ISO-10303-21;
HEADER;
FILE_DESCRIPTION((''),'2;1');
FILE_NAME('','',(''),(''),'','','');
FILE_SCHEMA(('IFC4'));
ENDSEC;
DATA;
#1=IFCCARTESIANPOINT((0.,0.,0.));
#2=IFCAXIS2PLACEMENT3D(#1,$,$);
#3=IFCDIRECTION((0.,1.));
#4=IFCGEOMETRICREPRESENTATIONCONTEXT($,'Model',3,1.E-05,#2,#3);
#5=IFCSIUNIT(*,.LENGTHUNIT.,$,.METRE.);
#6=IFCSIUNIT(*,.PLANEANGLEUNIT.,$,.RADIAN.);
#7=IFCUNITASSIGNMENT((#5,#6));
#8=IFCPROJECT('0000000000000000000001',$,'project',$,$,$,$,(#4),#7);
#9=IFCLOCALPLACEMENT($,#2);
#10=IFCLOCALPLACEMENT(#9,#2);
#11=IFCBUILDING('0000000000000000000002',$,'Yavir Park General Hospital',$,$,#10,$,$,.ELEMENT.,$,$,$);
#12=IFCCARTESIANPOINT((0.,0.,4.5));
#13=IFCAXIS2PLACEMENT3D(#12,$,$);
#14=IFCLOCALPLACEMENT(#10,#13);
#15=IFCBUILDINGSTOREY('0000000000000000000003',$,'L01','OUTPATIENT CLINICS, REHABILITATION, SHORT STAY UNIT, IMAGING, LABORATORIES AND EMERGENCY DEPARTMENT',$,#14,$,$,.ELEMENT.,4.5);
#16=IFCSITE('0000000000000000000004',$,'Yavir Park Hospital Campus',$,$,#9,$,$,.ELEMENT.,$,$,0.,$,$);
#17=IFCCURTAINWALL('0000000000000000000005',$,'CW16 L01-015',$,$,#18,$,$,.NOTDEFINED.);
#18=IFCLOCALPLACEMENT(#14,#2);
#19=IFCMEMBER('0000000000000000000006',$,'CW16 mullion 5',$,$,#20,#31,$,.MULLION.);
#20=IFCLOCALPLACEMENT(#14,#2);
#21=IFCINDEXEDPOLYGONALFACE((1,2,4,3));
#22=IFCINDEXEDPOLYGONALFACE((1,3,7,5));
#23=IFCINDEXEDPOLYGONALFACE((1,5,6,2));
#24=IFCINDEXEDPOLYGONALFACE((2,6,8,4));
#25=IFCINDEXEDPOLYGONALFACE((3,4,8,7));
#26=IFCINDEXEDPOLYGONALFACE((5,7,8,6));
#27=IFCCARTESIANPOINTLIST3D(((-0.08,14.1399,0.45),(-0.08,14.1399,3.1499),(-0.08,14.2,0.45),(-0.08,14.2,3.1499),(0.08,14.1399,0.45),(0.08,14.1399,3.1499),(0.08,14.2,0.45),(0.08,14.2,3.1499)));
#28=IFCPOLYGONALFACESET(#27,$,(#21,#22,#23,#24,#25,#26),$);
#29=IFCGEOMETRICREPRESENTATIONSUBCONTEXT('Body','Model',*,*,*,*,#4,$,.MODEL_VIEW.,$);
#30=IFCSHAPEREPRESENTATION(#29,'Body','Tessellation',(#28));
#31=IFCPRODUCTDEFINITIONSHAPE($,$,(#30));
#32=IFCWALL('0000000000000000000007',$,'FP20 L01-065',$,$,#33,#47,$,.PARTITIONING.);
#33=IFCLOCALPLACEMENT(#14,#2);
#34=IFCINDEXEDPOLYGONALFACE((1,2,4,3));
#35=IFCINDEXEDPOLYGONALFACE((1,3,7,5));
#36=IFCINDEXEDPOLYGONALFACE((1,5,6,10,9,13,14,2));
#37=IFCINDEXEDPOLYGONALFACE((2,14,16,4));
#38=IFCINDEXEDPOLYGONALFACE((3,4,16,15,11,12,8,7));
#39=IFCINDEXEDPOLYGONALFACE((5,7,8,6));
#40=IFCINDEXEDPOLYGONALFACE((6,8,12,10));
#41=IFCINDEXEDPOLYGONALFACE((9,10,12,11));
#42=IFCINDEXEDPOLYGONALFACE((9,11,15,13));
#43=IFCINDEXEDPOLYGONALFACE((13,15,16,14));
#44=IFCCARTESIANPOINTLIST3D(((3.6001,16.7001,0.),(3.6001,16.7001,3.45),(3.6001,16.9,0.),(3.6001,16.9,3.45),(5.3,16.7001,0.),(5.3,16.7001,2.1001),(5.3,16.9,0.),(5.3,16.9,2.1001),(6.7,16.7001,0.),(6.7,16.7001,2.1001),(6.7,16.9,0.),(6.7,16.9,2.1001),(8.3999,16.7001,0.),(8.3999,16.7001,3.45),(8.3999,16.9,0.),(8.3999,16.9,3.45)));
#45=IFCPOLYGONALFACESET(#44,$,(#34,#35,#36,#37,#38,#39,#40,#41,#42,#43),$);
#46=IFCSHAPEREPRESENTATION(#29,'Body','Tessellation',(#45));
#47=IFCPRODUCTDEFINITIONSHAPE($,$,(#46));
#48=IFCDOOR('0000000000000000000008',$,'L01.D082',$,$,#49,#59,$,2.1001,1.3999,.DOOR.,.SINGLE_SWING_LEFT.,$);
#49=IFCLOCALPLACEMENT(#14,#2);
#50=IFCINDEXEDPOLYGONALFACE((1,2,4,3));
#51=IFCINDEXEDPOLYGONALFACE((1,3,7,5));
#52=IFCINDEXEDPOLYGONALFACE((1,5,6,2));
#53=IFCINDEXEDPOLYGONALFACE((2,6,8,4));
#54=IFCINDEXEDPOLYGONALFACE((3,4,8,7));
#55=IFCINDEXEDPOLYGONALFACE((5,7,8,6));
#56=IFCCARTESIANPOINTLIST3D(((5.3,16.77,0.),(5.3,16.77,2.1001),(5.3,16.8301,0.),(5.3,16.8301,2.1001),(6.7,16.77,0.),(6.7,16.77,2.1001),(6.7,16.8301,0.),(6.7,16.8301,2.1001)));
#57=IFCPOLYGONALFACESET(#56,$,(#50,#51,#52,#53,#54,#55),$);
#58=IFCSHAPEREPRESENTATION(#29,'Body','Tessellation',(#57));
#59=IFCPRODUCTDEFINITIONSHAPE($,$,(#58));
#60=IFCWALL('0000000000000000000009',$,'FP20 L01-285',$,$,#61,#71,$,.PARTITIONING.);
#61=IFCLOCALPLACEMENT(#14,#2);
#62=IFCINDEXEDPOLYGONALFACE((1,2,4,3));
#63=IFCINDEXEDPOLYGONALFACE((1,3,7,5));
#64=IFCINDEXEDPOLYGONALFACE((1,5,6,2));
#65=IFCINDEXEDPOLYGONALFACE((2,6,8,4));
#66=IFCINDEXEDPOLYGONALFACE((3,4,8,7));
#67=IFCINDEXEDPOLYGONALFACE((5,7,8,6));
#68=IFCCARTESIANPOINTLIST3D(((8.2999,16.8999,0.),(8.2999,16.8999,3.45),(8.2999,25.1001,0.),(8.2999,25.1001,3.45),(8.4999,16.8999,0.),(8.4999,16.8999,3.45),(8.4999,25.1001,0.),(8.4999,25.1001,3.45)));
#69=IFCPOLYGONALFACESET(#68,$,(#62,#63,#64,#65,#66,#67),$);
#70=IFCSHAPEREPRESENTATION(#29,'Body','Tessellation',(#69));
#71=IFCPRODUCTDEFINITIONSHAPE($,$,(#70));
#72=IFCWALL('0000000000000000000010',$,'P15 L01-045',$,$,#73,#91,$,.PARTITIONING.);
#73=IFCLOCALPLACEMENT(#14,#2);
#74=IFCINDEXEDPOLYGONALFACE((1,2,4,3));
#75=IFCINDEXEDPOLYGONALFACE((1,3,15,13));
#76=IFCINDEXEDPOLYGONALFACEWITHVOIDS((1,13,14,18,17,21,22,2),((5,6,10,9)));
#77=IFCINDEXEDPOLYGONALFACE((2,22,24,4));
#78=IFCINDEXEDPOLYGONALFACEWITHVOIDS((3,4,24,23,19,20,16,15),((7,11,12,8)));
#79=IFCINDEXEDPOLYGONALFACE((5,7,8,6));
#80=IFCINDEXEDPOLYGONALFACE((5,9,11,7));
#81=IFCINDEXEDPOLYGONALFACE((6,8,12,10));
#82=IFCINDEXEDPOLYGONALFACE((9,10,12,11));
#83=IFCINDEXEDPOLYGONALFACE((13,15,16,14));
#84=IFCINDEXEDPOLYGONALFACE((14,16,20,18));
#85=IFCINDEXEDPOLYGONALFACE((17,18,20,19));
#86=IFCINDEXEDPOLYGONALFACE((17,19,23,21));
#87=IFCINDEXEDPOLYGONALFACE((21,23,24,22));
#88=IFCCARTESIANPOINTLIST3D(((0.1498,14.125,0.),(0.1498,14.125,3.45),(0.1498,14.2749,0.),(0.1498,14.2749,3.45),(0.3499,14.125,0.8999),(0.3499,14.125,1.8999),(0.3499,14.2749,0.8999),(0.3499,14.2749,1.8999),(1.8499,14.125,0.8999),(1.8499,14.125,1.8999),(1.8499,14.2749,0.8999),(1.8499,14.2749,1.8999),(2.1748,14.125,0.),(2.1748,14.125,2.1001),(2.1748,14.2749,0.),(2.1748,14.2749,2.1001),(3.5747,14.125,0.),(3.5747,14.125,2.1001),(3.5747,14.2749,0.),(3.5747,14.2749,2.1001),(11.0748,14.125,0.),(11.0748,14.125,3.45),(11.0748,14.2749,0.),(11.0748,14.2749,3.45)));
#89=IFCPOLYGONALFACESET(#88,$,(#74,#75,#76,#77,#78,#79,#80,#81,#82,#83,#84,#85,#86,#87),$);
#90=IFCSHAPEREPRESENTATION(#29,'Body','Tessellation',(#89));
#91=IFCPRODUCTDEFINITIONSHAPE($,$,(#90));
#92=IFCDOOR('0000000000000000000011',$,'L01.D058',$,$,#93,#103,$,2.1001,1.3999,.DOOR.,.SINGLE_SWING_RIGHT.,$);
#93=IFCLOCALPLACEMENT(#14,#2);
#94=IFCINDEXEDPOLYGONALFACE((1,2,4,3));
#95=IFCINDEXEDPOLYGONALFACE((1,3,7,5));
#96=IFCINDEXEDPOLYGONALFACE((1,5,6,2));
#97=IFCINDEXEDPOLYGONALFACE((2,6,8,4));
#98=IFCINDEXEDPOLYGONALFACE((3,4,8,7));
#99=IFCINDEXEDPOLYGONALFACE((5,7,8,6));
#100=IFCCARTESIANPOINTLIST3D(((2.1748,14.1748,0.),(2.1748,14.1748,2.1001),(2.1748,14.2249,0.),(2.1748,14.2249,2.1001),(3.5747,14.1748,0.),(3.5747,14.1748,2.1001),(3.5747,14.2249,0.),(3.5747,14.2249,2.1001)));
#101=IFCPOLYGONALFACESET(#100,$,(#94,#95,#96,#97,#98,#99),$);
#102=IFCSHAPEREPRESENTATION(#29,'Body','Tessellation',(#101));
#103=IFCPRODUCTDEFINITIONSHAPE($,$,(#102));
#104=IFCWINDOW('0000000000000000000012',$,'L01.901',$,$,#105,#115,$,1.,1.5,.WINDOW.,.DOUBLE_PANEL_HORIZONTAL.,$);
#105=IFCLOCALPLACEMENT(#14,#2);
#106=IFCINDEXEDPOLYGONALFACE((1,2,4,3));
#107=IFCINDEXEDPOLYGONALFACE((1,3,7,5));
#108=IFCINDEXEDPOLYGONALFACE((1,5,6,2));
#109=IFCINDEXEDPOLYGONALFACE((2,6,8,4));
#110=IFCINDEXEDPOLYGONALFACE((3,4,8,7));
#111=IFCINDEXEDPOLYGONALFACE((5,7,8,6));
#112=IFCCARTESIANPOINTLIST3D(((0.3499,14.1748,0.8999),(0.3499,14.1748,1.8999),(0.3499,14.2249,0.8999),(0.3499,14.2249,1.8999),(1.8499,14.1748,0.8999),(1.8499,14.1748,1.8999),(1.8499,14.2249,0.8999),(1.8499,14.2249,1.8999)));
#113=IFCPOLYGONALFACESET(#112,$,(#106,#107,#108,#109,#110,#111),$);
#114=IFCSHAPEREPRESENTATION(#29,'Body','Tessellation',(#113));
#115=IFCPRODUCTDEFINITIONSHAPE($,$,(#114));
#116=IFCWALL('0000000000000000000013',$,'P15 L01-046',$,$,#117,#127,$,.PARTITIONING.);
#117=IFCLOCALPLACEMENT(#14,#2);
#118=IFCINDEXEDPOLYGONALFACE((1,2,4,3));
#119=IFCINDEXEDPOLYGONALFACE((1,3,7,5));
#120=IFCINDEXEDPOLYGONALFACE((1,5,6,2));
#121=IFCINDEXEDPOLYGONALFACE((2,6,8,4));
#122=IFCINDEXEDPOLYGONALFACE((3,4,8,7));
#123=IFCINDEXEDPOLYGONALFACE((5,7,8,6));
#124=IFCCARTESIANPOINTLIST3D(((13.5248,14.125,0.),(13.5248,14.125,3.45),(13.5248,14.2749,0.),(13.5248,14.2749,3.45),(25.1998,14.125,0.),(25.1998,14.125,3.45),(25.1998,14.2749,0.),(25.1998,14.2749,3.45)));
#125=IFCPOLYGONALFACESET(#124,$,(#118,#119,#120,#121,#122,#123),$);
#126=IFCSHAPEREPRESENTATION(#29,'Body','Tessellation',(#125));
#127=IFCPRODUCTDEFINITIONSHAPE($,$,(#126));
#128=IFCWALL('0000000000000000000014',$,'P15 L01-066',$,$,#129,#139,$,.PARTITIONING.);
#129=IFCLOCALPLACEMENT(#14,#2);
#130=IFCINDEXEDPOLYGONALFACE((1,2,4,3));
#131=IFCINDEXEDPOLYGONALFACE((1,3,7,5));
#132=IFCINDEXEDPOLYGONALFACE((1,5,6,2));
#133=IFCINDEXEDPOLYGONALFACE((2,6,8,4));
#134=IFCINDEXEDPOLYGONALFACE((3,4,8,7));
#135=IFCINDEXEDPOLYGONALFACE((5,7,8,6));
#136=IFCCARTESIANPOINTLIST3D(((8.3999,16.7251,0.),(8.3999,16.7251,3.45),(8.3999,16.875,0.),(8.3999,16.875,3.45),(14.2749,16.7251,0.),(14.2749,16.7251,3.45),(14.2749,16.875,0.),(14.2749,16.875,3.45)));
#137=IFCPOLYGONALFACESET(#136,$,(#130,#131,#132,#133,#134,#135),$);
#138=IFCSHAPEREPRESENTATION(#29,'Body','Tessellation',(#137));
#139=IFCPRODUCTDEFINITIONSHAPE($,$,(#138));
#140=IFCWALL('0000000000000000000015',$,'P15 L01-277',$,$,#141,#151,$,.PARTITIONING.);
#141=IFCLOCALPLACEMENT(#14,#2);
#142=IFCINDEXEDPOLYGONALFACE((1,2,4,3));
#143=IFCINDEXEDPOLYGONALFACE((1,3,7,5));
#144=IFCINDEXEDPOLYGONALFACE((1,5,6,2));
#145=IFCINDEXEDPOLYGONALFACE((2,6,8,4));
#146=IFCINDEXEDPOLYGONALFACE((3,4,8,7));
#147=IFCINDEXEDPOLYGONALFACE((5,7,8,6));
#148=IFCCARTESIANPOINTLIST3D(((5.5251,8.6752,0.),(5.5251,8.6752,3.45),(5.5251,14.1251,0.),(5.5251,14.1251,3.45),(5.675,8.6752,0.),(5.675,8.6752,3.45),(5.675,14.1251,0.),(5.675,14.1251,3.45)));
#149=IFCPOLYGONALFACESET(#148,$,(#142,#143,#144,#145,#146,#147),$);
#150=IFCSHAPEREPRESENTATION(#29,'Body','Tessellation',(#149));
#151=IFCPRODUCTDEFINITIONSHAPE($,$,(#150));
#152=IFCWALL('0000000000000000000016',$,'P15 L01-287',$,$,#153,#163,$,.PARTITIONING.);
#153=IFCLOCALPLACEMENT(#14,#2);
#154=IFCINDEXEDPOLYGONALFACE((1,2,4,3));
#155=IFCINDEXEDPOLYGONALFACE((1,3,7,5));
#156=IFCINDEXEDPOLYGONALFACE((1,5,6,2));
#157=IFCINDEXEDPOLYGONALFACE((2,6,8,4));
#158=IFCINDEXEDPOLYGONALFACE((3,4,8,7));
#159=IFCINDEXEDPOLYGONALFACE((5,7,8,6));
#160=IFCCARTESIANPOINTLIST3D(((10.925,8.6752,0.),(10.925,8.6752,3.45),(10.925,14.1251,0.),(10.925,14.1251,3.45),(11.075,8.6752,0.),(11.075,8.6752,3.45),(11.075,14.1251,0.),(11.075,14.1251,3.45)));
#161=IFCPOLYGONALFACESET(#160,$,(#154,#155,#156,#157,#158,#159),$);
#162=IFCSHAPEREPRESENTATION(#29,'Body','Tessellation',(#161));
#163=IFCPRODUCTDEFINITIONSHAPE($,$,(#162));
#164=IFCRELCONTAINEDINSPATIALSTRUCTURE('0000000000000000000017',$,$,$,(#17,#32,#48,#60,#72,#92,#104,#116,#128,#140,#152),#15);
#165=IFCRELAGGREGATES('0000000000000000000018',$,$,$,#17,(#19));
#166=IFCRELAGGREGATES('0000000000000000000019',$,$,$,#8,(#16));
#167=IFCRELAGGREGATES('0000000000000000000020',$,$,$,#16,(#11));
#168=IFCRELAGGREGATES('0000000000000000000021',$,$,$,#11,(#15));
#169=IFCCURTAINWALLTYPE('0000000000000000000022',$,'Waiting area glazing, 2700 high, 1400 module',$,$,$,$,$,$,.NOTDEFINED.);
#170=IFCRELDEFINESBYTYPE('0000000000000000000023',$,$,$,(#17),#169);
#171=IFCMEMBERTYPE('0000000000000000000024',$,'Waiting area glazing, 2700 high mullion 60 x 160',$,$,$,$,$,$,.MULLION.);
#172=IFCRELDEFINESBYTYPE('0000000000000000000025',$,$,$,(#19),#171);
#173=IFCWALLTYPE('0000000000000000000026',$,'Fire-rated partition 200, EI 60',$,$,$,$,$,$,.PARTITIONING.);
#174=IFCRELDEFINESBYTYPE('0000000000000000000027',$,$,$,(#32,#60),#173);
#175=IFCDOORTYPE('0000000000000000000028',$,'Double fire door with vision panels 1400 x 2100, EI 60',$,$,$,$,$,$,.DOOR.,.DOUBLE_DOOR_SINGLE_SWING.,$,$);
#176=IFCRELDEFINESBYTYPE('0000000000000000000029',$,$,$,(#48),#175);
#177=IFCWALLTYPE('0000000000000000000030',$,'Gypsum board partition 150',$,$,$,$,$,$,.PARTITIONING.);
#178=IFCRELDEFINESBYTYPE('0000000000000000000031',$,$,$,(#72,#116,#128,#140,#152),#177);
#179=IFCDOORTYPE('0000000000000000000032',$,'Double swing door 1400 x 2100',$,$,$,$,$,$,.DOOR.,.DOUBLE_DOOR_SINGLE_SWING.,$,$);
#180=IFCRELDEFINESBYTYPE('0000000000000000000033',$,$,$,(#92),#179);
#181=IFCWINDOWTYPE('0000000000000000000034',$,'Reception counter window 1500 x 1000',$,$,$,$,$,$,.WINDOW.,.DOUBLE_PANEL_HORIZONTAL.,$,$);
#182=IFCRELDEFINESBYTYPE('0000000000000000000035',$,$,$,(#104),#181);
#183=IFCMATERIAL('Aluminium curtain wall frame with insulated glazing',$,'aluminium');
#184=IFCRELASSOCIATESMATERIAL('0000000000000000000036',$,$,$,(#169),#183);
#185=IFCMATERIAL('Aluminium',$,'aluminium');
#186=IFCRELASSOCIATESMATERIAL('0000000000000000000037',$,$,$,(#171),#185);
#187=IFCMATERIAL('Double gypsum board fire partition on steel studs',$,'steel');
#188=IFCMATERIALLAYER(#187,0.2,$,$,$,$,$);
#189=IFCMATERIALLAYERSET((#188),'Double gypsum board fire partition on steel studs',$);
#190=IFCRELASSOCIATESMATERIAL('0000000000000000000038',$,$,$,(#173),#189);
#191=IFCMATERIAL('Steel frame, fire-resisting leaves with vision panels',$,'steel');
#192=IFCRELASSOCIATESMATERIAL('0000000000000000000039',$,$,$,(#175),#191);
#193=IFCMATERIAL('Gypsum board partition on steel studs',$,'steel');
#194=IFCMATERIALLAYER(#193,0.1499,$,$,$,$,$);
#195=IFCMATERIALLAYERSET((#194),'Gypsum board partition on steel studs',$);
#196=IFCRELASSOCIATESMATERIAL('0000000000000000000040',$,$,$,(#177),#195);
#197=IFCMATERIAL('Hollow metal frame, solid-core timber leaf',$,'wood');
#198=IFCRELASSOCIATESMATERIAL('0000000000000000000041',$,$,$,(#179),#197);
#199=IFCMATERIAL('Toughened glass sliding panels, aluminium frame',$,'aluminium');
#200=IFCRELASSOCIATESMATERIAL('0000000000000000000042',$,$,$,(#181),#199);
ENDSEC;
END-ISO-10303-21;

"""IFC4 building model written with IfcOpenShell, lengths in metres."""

from ifc_helpers import new_model, si_unit, direction, frame, frame_2d, origin, origin_2d, place, context, subcontext, project, spatial, rectangle, extrude, material, layer, layer_set, material_profile, profile_set, type_object, element, fill, aggregate, save


model = new_model("IFC4")

# Units and contexts
model_context = context("Model", 3, precision=1e-05, world=origin(), true_north=direction((0.0, 1.0)))
body_context = subcontext(model_context, "Body", "Model", "MODEL_VIEW")
ifc_project = project(units=[si_unit("LENGTHUNIT", "METRE"), si_unit("PLANEANGLEUNIT", "RADIAN")], contexts=[model_context])

# Site, building, storey
site_placement = place(None, origin())
site = spatial("IfcSite", under=ifc_project, at=site_placement, Name="Yavir Park Hospital Campus", CompositionType="ELEMENT", RefElevation=0.0)
building_placement = place(site_placement, origin())
building = spatial("IfcBuilding", under=site, at=building_placement, Name="Yavir Park General Hospital", CompositionType="ELEMENT")
storey_placement = place(building_placement, frame((0.0, 0.0, 4.5)))
storey = spatial("IfcBuildingStorey", under=building, at=storey_placement, Name="L01", Description="OUTPATIENT CLINICS, REHABILITATION, SHORT STAY UNIT, IMAGING, LABORATORIES AND EMERGENCY DEPARTMENT", CompositionType="ELEMENT", Elevation=4.5)

# Curtain wall, member
ifc_material_1 = material(Name="Aluminium curtain wall frame with insulated glazing", Category="aluminium")
curtain_wall_type = type_object("IfcCurtainWallType", Name="Waiting area glazing, 2700 high, 1400 module", PredefinedType="NOTDEFINED", material=ifc_material_1)
curtain_wall_placement = place(storey_placement, origin())
curtain_wall = element("IfcCurtainWall", 1, at=curtain_wall_placement, inside=storey, type_object=curtain_wall_type, Name="CW16 L01-015", PredefinedType="NOTDEFINED")
ifc_material_2 = material(Name="Aluminium", Category="aluminium")
ifc_material_profile = material_profile(ifc_material_2, rectangle(XDim=0.1599, YDim=0.0601, at=origin_2d()), Name="AL 60x160")
ifc_profile_set = profile_set([ifc_material_profile], Name="Aluminium")
member_type = type_object("IfcMemberType", Name="Waiting area glazing, 2700 high mullion 60 x 160", PredefinedType="MULLION", material=ifc_profile_set)
member_placement = place(storey_placement, frame((0.0, 14.1699, 0.45), z_axis=(0.0, 0.0, 1.0), x_axis=(-1.0, 0.0, 0.0)))
member = element("IfcMember", 2, at=member_placement, type_object=member_type, Name="CW16 mullion 5", PredefinedType="MULLION", context=body_context, shape_type="SweptSolid", body=[
    extrude(rectangle(XDim=0.1599, YDim=0.0601, at=origin_2d()), origin(), (0.0, 0.0, 1.0), 2.7),
])
aggregate(curtain_wall, [member])

# Wall, opening, door
ifc_material_3 = material(Name="Double gypsum board fire partition on steel studs", Category="steel")
ifc_layer_1 = layer(ifc_material_3, 0.2)
ifc_layer_set_1 = layer_set([ifc_layer_1], Name="Double gypsum board fire partition on steel studs")
wall_type_1 = type_object("IfcWallType", Name="Fire-rated partition 200, EI 60", PredefinedType="PARTITIONING", material=ifc_layer_set_1)
wall_1_placement = place(storey_placement, frame((3.6001, 16.8, 0.0), z_axis=(0.0, 0.0, 1.0), x_axis=(1.0, 0.0, 0.0)))
wall_1 = element("IfcWall", 3, at=wall_1_placement, inside=storey, type_object=wall_type_1, Name="FP20 L01-065", PredefinedType="PARTITIONING", context=body_context, shape_type="SweptSolid", body=[
    extrude(rectangle(XDim=4.7998, YDim=0.2, at=frame_2d((2.3999, 0.0))), origin(), (0.0, 0.0, 1.0), 3.45),
])
opening_1_placement = place(wall_1_placement, frame((1.7, 0.0, 0.0)))
opening_1 = element("IfcOpeningElement", 4, at=opening_1_placement, cuts=wall_1, PredefinedType="OPENING", context=body_context, shape_type="SweptSolid", body=[
    extrude(rectangle(XDim=1.3999, YDim=2.1001, at=frame_2d((0.7, 1.05))), frame((0.0, 0.1099, 0.0), z_axis=(0.0, -1.0, 0.0), x_axis=(1.0, 0.0, 0.0)), (0.0, 0.0, 1.0), 0.22),
])
ifc_material_4 = material(Name="Steel frame, fire-resisting leaves with vision panels", Category="steel")
door_type_1 = type_object("IfcDoorType", Name="Double fire door with vision panels 1400 x 2100, EI 60", OperationType="DOUBLE_DOOR_SINGLE_SWING", PredefinedType="DOOR", material=ifc_material_4)
door_1_placement = place(opening_1_placement, origin())
door_1 = element("IfcDoor", 5, at=door_1_placement, inside=storey, type_object=door_type_1, Name="L01.D082", OperationType="SINGLE_SWING_LEFT", OverallHeight=2.1001, OverallWidth=1.3999, PredefinedType="DOOR", context=body_context, shape_type="SweptSolid", body=[
    extrude(rectangle(XDim=1.3999, YDim=2.1001, at=frame_2d((0.7, 1.05))), frame((0.0, 0.03, 0.0), z_axis=(0.0, -1.0, 0.0), x_axis=(1.0, 0.0, 0.0)), (0.0, 0.0, 1.0), 0.0601),
])
fill(opening_1, door_1)

# Wall
wall_2_placement = place(storey_placement, frame((8.3999, 16.8999, 0.0), z_axis=(0.0, 0.0, 1.0), x_axis=(0.0, 1.0, 0.0)))
element("IfcWall", 6, at=wall_2_placement, inside=storey, type_object=wall_type_1, Name="FP20 L01-285", PredefinedType="PARTITIONING", context=body_context, shape_type="SweptSolid", body=[
    extrude(rectangle(XDim=8.2002, YDim=0.2, at=frame_2d((4.1001, 0.0))), origin(), (0.0, 0.0, 1.0), 3.45),
])

# Wall, openings, door, window
ifc_material_5 = material(Name="Gypsum board partition on steel studs", Category="steel")
ifc_layer_2 = layer(ifc_material_5, 0.1499)
ifc_layer_set_2 = layer_set([ifc_layer_2], Name="Gypsum board partition on steel studs")
wall_type_2 = type_object("IfcWallType", Name="Gypsum board partition 150", PredefinedType="PARTITIONING", material=ifc_layer_set_2)
wall_3_placement = place(storey_placement, frame((0.1499, 14.2, 0.0), z_axis=(0.0, 0.0, 1.0), x_axis=(1.0, 0.0, 0.0)))
wall_3 = element("IfcWall", 7, at=wall_3_placement, inside=storey, type_object=wall_type_2, Name="P15 L01-045", PredefinedType="PARTITIONING", context=body_context, shape_type="SweptSolid", body=[
    extrude(rectangle(XDim=10.925, YDim=0.1499, at=frame_2d((5.4624, 0.0))), origin(), (0.0, 0.0, 1.0), 3.45),
])
opening_2_placement = place(wall_3_placement, frame((2.0249, 0.0, 0.0)))
opening_2 = element("IfcOpeningElement", 8, at=opening_2_placement, cuts=wall_3, PredefinedType="OPENING", context=body_context, shape_type="SweptSolid", body=[
    extrude(rectangle(XDim=1.3999, YDim=2.1001, at=frame_2d((0.7, 1.05))), frame((0.0, 0.085, 0.0), z_axis=(0.0, -1.0, 0.0), x_axis=(1.0, 0.0, 0.0)), (0.0, 0.0, 1.0), 0.1699),
])
opening_3_placement = place(wall_3_placement, frame((0.2, 0.0, 0.8999)))
opening_3 = element("IfcOpeningElement", 9, at=opening_3_placement, cuts=wall_3, PredefinedType="OPENING", context=body_context, shape_type="SweptSolid", body=[
    extrude(rectangle(XDim=1.5, YDim=1.0, at=frame_2d((0.75, 0.5))), frame((0.0, 0.085, 0.0), z_axis=(0.0, -1.0, 0.0), x_axis=(1.0, 0.0, 0.0)), (0.0, 0.0, 1.0), 0.1699),
])
ifc_material_6 = material(Name="Hollow metal frame, solid-core timber leaf", Category="wood")
door_type_2 = type_object("IfcDoorType", Name="Double swing door 1400 x 2100", OperationType="DOUBLE_DOOR_SINGLE_SWING", PredefinedType="DOOR", material=ifc_material_6)
door_2_placement = place(opening_2_placement, origin())
door_2 = element("IfcDoor", 10, at=door_2_placement, inside=storey, type_object=door_type_2, Name="L01.D058", OperationType="SINGLE_SWING_RIGHT", OverallHeight=2.1001, OverallWidth=1.3999, PredefinedType="DOOR", context=body_context, shape_type="SweptSolid", body=[
    extrude(rectangle(XDim=1.3999, YDim=2.1001, at=frame_2d((0.7, 1.05))), frame((0.0, 0.0249, 0.0), z_axis=(0.0, -1.0, 0.0), x_axis=(1.0, 0.0, 0.0)), (0.0, 0.0, 1.0), 0.05),
])
fill(opening_2, door_2)
ifc_material_7 = material(Name="Toughened glass sliding panels, aluminium frame", Category="aluminium")
window_type_1 = type_object("IfcWindowType", Name="Reception counter window 1500 x 1000", PartitioningType="DOUBLE_PANEL_HORIZONTAL", PredefinedType="WINDOW", material=ifc_material_7)
window_1_placement = place(opening_3_placement, origin())
window_1 = element("IfcWindow", 11, at=window_1_placement, inside=storey, type_object=window_type_1, Name="L01.901", OverallHeight=1.0, OverallWidth=1.5, PartitioningType="DOUBLE_PANEL_HORIZONTAL", PredefinedType="WINDOW", context=body_context, shape_type="SweptSolid", body=[
    extrude(rectangle(XDim=1.5, YDim=1.0, at=frame_2d((0.75, 0.5))), frame((0.0, 0.0249, 0.0), z_axis=(0.0, -1.0, 0.0), x_axis=(1.0, 0.0, 0.0)), (0.0, 0.0, 1.0), 0.05),
])
fill(opening_3, window_1)

# Walls
wall_4_placement = place(storey_placement, frame((13.5249, 14.2, 0.0), z_axis=(0.0, 0.0, 1.0), x_axis=(1.0, 0.0, 0.0)))
element("IfcWall", 12, at=wall_4_placement, inside=storey, type_object=wall_type_2, Name="P15 L01-046", PredefinedType="PARTITIONING", context=body_context, shape_type="SweptSolid", body=[
    extrude(rectangle(XDim=11.675, YDim=0.1499, at=frame_2d((5.8374, 0.0))), origin(), (0.0, 0.0, 1.0), 3.45),
])
wall_5_placement = place(storey_placement, frame((8.3999, 16.8, 0.0), z_axis=(0.0, 0.0, 1.0), x_axis=(1.0, 0.0, 0.0)))
element("IfcWall", 13, at=wall_5_placement, inside=storey, type_object=wall_type_2, Name="P15 L01-066", PredefinedType="PARTITIONING", context=body_context, shape_type="SweptSolid", body=[
    extrude(rectangle(XDim=5.875, YDim=0.1499, at=frame_2d((2.9375, 0.0))), origin(), (0.0, 0.0, 1.0), 3.45),
])
for number, where, z_axis, x_axis, name in (
    (14, (5.6001, 8.675, 0.0), (0.0, 0.0, 1.0), (0.0, 1.0, 0.0), "P15 L01-277"),
    (15, (11.0, 8.675, 0.0), (0.0, 0.0, 1.0), (0.0, 1.0, 0.0), "P15 L01-287"),
):
    element("IfcWall", number, at=place(storey_placement, frame(where, z_axis=z_axis, x_axis=x_axis)), inside=storey, type_object=wall_type_2, Name=name, PredefinedType="PARTITIONING", context=body_context, shape_type="SweptSolid", body=[
        extrude(rectangle(XDim=5.45, YDim=0.1499, at=frame_2d((2.7251, 0.0))), origin(), (0.0, 0.0, 1.0), 3.45),
    ])

save(model, "model.ifc")
